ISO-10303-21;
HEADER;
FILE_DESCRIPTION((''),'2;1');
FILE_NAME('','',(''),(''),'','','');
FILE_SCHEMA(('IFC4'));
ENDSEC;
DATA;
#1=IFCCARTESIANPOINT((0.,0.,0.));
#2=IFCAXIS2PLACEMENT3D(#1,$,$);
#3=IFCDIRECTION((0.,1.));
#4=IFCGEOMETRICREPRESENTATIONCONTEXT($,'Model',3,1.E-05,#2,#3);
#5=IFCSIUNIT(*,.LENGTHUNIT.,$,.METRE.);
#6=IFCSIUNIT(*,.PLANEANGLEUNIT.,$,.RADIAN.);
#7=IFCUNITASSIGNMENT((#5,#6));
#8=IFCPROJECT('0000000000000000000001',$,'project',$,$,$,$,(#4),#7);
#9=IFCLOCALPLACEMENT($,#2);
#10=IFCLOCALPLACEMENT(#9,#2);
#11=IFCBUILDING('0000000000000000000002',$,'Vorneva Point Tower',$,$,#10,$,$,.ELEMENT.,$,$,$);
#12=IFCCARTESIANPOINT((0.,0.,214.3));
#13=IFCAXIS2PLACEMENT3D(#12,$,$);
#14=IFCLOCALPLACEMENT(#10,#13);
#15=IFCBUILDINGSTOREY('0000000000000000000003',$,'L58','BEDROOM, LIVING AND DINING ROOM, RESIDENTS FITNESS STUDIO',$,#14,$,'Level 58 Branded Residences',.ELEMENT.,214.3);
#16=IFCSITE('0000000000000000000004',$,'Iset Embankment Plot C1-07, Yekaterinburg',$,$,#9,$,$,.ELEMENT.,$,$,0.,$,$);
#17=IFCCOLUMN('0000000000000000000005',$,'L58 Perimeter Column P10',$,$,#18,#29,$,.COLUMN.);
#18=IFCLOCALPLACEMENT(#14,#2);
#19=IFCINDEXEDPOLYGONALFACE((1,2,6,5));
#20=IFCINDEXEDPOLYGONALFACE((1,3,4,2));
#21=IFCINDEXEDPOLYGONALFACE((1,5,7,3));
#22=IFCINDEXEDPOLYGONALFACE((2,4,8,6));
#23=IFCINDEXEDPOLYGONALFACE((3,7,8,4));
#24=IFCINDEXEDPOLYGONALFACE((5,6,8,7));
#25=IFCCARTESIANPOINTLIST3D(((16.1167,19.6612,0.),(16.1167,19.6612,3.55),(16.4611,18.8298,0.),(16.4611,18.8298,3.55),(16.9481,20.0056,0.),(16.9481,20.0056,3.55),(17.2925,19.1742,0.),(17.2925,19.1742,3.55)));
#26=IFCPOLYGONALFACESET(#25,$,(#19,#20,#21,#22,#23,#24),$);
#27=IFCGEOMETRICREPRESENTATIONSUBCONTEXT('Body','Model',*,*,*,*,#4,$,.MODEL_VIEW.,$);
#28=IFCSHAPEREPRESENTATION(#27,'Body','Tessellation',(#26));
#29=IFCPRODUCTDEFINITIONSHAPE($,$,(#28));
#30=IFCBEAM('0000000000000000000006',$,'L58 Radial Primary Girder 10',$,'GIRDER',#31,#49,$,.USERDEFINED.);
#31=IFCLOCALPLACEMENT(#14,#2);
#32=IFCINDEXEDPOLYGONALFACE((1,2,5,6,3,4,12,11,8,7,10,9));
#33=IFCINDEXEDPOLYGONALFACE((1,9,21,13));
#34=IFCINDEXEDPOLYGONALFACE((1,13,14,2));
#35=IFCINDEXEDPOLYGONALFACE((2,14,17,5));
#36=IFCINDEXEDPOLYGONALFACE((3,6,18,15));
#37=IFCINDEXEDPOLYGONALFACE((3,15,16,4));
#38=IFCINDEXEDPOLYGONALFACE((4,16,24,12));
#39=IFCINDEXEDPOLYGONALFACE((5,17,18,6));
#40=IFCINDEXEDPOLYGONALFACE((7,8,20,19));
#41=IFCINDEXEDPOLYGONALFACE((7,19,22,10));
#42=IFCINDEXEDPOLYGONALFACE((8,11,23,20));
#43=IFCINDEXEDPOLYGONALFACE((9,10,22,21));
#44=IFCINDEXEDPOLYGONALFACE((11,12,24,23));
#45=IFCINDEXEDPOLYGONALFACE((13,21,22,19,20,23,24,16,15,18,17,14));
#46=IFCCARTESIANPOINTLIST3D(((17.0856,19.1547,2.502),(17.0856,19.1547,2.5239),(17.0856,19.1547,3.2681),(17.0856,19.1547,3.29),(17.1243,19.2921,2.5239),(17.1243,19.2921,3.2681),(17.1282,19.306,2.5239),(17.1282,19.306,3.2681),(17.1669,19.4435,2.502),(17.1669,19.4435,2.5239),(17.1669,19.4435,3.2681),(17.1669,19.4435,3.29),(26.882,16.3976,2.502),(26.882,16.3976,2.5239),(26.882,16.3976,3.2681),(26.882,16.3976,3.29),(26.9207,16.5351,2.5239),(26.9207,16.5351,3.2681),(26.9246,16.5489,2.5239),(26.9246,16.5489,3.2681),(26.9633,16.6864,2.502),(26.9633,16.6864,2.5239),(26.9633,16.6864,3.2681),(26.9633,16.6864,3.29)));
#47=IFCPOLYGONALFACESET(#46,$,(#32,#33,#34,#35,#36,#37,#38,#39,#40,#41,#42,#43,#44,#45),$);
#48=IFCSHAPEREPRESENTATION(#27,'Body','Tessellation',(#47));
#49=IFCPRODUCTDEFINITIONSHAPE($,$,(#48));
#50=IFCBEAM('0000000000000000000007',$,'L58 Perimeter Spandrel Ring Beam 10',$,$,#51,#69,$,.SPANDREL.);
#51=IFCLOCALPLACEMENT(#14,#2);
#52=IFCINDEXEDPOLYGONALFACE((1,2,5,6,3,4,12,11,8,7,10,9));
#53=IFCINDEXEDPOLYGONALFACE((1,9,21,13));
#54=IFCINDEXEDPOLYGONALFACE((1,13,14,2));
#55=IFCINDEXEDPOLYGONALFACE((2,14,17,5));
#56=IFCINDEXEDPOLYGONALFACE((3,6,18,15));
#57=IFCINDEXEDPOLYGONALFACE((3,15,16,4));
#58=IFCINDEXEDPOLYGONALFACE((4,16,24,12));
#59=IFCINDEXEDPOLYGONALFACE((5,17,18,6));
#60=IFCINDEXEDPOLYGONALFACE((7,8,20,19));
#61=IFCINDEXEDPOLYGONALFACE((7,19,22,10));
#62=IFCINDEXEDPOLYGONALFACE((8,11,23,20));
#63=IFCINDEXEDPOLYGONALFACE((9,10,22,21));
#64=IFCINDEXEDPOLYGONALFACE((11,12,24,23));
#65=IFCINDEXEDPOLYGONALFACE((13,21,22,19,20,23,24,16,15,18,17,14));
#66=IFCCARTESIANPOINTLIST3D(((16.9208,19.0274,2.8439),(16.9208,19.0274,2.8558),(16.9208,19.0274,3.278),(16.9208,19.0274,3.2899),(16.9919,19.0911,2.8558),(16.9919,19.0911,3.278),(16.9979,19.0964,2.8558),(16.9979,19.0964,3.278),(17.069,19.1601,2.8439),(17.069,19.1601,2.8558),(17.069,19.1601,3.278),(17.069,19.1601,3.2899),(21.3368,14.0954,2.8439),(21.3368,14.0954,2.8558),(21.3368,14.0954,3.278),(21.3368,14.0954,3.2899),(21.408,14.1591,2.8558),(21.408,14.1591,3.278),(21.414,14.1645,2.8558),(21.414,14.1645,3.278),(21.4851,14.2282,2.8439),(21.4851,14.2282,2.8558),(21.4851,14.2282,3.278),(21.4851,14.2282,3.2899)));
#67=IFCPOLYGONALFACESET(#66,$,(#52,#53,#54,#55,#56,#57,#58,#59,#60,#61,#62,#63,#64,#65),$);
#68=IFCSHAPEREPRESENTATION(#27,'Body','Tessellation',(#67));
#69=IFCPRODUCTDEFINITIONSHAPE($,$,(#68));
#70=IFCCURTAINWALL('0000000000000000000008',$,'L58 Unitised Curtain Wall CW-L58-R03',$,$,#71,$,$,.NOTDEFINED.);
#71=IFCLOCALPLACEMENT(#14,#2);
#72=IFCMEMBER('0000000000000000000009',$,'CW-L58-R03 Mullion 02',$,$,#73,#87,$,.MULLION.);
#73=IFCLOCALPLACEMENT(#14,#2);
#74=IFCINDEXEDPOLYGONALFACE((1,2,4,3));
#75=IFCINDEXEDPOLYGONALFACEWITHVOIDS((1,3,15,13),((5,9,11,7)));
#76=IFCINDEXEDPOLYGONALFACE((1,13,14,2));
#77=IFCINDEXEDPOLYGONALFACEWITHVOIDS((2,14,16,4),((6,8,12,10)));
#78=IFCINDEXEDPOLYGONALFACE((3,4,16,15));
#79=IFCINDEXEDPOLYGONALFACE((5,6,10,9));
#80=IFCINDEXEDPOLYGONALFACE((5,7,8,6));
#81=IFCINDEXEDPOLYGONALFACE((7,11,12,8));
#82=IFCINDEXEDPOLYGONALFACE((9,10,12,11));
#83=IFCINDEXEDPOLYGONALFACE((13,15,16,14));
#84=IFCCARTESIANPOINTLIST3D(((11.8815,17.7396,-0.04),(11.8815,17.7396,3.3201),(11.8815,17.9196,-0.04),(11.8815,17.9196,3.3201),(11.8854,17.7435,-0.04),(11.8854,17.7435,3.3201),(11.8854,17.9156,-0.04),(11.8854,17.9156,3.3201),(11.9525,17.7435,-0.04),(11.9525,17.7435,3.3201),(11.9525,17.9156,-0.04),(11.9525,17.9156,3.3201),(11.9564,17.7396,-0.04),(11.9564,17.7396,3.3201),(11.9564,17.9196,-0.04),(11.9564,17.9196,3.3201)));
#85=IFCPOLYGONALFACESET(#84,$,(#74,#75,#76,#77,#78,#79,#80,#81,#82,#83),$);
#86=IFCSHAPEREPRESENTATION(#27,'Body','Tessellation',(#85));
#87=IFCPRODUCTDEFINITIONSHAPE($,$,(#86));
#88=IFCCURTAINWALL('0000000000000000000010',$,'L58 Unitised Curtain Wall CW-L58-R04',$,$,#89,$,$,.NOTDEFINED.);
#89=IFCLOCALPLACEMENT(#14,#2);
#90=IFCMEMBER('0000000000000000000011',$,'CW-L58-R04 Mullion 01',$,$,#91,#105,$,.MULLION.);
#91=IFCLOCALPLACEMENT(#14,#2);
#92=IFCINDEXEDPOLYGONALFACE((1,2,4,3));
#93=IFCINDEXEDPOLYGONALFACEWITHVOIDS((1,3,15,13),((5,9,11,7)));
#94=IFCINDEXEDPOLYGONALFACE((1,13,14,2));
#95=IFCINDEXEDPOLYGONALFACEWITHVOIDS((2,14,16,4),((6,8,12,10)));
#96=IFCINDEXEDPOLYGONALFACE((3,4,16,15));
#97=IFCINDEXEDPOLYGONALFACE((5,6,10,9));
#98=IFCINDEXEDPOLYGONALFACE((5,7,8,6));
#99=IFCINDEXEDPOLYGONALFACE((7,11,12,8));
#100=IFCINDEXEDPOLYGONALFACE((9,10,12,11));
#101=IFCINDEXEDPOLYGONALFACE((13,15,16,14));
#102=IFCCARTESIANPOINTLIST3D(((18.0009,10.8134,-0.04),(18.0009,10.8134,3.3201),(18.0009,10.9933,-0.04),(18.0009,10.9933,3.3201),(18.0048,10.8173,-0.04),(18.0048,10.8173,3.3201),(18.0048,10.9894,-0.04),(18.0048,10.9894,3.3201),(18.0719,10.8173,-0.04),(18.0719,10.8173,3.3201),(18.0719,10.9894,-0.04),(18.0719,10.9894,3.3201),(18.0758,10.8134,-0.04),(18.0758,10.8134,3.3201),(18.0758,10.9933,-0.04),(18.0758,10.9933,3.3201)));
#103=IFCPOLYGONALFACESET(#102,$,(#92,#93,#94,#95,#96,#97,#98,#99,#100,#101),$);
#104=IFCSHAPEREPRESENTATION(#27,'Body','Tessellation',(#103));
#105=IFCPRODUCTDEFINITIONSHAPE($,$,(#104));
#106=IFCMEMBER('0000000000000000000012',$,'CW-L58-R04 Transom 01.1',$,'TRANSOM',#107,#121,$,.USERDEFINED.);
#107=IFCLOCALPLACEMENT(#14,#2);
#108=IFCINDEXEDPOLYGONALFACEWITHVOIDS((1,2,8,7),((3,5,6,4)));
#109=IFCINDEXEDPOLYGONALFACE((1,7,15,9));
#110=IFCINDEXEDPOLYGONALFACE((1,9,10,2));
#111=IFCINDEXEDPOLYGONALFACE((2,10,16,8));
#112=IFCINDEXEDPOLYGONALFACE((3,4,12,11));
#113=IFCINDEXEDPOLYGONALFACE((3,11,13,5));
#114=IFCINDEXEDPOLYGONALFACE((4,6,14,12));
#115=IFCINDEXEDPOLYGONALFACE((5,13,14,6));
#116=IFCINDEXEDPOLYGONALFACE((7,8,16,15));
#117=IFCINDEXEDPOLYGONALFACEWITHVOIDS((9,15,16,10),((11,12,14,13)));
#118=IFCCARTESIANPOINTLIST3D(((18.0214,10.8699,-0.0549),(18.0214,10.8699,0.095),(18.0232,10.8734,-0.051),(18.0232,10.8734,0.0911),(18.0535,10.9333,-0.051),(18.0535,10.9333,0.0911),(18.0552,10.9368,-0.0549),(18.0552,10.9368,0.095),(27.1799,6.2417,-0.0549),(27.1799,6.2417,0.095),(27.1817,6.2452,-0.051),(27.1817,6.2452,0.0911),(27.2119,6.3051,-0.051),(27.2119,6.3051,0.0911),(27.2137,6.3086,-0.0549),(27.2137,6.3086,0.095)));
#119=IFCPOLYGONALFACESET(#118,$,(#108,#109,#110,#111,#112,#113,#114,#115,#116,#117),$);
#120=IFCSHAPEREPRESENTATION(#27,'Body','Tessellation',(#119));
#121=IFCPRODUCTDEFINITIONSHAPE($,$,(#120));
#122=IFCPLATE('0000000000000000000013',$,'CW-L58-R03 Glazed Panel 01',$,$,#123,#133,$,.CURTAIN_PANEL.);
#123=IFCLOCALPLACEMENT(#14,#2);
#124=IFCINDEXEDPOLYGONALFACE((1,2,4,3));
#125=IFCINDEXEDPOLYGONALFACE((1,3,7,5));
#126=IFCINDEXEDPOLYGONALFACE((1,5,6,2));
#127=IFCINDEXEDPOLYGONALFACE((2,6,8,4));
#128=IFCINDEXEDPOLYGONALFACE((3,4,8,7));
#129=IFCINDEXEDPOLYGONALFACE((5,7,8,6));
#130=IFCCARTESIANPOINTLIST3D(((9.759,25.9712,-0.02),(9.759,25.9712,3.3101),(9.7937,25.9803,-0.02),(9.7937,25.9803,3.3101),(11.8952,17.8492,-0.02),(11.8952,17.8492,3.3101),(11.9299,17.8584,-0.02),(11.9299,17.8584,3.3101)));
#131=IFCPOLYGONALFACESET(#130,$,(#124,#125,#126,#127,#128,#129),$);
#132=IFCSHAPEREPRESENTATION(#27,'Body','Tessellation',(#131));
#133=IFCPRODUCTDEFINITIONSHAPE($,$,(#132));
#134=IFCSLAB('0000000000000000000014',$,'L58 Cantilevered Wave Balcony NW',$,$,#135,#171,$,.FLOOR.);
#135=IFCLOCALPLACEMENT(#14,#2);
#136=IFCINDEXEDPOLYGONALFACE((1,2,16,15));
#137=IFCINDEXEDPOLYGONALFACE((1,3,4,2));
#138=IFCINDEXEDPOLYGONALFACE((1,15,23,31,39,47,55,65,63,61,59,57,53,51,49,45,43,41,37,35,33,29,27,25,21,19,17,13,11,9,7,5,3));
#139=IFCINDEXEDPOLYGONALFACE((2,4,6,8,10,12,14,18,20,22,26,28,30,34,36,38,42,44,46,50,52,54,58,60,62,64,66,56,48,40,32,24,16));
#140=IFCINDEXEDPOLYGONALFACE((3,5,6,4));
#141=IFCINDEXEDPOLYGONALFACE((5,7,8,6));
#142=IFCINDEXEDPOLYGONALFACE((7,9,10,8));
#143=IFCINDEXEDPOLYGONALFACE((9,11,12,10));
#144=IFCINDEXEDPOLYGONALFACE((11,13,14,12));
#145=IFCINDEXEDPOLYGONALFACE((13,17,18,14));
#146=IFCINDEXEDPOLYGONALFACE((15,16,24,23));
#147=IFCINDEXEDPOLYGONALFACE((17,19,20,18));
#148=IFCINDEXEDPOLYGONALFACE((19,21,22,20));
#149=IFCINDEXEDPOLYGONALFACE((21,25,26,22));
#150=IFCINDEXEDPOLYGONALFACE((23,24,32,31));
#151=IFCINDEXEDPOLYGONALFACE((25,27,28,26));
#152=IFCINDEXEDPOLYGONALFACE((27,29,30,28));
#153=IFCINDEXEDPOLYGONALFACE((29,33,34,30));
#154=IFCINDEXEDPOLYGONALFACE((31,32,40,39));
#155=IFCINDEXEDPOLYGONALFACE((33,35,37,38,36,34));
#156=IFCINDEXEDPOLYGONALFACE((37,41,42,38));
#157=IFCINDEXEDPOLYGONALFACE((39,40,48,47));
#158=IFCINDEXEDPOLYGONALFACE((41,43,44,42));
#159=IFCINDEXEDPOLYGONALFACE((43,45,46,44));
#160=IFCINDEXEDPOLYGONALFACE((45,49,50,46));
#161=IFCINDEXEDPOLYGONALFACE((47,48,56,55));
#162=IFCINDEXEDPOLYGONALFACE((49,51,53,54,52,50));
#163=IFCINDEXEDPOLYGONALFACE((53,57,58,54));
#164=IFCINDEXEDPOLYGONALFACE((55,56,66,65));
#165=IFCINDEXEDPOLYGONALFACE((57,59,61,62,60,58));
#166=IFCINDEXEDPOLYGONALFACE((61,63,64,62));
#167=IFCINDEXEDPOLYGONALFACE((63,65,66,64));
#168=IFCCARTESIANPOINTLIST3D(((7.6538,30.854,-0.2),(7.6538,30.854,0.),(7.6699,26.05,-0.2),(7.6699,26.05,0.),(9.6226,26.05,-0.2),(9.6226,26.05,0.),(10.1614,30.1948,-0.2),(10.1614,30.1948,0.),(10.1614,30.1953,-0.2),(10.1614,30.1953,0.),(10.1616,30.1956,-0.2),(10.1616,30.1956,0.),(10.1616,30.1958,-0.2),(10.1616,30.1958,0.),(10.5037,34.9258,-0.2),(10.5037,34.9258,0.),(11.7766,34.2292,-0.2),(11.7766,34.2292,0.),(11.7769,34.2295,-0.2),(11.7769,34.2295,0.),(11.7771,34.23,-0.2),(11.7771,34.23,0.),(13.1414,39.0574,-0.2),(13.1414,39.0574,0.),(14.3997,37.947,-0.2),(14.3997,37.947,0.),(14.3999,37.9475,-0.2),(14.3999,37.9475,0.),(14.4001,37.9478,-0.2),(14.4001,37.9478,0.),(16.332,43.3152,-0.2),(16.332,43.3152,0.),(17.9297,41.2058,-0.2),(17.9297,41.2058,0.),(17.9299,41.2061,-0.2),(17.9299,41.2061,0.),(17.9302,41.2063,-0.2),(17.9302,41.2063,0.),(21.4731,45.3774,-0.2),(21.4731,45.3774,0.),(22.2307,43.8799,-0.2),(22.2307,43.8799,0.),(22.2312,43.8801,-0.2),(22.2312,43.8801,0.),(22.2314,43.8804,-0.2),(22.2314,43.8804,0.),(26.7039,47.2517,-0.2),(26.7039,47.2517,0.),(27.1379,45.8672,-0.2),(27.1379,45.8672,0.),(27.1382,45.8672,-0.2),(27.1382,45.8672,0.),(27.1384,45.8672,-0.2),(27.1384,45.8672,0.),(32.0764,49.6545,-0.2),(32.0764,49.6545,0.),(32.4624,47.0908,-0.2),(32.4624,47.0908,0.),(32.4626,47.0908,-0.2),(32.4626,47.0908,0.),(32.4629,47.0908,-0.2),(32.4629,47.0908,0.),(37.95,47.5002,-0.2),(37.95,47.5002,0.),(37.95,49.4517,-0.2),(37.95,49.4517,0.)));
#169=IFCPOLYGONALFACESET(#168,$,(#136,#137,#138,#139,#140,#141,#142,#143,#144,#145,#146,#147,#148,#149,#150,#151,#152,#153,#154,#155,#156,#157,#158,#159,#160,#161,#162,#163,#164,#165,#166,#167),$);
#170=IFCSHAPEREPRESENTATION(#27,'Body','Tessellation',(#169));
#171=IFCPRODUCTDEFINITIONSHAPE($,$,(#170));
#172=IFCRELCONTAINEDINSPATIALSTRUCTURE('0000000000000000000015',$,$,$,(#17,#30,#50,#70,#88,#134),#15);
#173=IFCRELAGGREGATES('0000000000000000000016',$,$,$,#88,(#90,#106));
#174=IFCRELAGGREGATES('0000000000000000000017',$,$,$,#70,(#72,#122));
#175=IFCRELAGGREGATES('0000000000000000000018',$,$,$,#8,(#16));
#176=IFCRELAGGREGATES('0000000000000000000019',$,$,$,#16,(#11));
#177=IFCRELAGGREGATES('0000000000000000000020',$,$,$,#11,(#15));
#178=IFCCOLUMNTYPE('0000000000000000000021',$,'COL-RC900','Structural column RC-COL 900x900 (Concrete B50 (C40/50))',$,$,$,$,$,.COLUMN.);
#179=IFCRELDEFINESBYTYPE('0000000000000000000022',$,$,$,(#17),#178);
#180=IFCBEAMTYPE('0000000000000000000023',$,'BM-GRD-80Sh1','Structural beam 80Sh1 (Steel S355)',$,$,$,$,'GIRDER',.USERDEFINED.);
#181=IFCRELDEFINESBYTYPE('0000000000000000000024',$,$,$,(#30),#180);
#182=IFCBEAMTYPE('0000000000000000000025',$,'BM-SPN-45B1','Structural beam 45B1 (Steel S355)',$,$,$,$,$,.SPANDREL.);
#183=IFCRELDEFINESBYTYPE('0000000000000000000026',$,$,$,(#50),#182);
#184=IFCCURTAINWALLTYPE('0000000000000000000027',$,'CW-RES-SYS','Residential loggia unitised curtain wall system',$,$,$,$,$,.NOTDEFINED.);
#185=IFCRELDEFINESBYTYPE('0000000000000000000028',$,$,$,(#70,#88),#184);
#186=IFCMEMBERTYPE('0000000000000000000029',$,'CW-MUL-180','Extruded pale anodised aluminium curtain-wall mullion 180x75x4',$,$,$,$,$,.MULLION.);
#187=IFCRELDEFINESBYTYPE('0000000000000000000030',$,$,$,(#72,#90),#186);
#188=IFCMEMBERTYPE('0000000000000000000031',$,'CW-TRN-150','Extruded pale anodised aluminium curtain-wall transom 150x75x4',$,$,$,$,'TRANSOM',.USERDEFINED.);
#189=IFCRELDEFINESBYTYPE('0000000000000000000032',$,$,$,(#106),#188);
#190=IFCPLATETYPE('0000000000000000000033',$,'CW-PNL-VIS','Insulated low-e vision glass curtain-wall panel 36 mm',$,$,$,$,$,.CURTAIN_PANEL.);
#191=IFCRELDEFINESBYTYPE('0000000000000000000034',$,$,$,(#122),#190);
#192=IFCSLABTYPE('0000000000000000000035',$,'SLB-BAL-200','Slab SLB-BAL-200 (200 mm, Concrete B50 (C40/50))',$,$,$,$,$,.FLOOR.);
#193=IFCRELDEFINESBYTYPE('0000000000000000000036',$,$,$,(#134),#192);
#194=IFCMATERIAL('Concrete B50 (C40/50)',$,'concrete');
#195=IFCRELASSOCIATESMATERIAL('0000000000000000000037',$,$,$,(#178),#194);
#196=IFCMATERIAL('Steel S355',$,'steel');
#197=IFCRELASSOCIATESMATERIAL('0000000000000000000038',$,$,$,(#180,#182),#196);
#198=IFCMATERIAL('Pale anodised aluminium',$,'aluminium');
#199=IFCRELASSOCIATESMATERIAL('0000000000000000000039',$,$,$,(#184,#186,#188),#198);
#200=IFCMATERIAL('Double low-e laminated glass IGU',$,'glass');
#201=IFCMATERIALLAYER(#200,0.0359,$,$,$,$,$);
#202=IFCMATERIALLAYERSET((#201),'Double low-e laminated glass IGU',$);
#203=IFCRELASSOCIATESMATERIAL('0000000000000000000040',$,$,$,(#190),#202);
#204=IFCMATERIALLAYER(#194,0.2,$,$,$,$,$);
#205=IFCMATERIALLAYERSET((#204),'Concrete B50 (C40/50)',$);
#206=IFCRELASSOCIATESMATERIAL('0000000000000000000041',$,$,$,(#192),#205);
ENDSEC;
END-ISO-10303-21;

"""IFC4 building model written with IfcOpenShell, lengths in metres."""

from ifc_helpers import new_model, si_unit, direction, frame, origin, origin_2d, place, context, subcontext, project, spatial, polyline, rectangle, hollow_rectangle, i_section, outline, extrude, material, layer, layer_set, material_profile, profile_set, type_object, element, aggregate, save


model = new_model("IFC4")

# Units and contexts
model_context = context("Model", 3, precision=1e-05, world=origin(), true_north=direction((0.0, 1.0)))
body_context = subcontext(model_context, "Body", "Model", "MODEL_VIEW")
ifc_project = project(units=[si_unit("LENGTHUNIT", "METRE"), si_unit("PLANEANGLEUNIT", "RADIAN")], contexts=[model_context])

# Site, building, storey
site_placement = place(None, origin())
site = spatial("IfcSite", under=ifc_project, at=site_placement, Name="Iset Embankment Plot C1-07, Yekaterinburg", CompositionType="ELEMENT", RefElevation=0.0)
building_placement = place(site_placement, origin())
building = spatial("IfcBuilding", under=site, at=building_placement, Name="Vorneva Point Tower", CompositionType="ELEMENT")
storey_placement = place(building_placement, frame((0.0, 0.0, 214.3)))
storey = spatial("IfcBuildingStorey", under=building, at=storey_placement, Name="L58", Description="BEDROOM, LIVING AND DINING ROOM, RESIDENTS FITNESS STUDIO", LongName="Level 58 Branded Residences", CompositionType="ELEMENT", Elevation=214.3)

# Column
ifc_material_1 = material(Name="Concrete B50 (C40/50)", Category="concrete")
ifc_material_profile_1 = material_profile(ifc_material_1, rectangle(XDim=0.8999, YDim=0.8999, at=origin_2d()), Name="RC-COL 900x900")
ifc_profile_set_1 = profile_set([ifc_material_profile_1], Name="Concrete B50 (C40/50)")
column_type = type_object("IfcColumnType", Name="COL-RC900", Description="Structural column RC-COL 900x900 (Concrete B50 (C40/50))", PredefinedType="COLUMN", material=ifc_profile_set_1)
column_placement = place(storey_placement, frame((16.7046, 19.4177, 0.0), z_axis=(0.0, 0.0, 1.0), x_axis=(-0.92388, -0.382683, 0.0)))
element("IfcColumn", 1, at=column_placement, inside=storey, type_object=column_type, Name="L58 Perimeter Column P10", PredefinedType="COLUMN", context=body_context, shape_type="SweptSolid", body=[
    extrude(rectangle(XDim=0.8999, YDim=0.8999, at=origin_2d()), origin(), (0.0, 0.0, 1.0), 3.55),
])

# Beams
ifc_material_2 = material(Name="Steel S355", Category="steel")
ifc_material_profile_2 = material_profile(ifc_material_2, i_section(OverallWidth=0.3, OverallDepth=0.7881, WebThickness=0.0144, FlangeThickness=0.022, at=origin_2d()), Name="80Sh1")
ifc_profile_set_2 = profile_set([ifc_material_profile_2], Name="Steel S355")
beam_type_1 = type_object("IfcBeamType", Name="BM-GRD-80Sh1", Description="Structural beam 80Sh1 (Steel S355)", ElementType="GIRDER", PredefinedType="USERDEFINED", material=ifc_profile_set_2)
beam_1_placement = place(storey_placement, frame((17.1262, 19.2991, 2.896), z_axis=(0.962604, -0.270914, 0.0), x_axis=(0.270914, 0.962604, 0.0)))
element("IfcBeam", 2, at=beam_1_placement, inside=storey, type_object=beam_type_1, Name="L58 Radial Primary Girder 10", ObjectType="GIRDER", PredefinedType="USERDEFINED", context=body_context, shape_type="SweptSolid", body=[
    extrude(i_section(OverallWidth=0.3, OverallDepth=0.7881, WebThickness=0.0144, FlangeThickness=0.022, at=origin_2d()), origin(), (0.0, 0.0, 1.0), 10.177),
])
ifc_material_profile_3 = material_profile(ifc_material_2, i_section(OverallWidth=0.199, OverallDepth=0.446, WebThickness=0.0081, FlangeThickness=0.012, at=origin_2d()), Name="45B1")
ifc_profile_set_3 = profile_set([ifc_material_profile_3], Name="Steel S355")
beam_type_2 = type_object("IfcBeamType", Name="BM-SPN-45B1", Description="Structural beam 45B1 (Steel S355)", PredefinedType="SPANDREL", material=ifc_profile_set_3)
beam_2_placement = place(storey_placement, frame((16.9949, 19.0938, 3.0669), z_axis=(0.66707, -0.744995, 0.0), x_axis=(0.744995, 0.66707, 0.0)))
element("IfcBeam", 3, at=beam_2_placement, inside=storey, type_object=beam_type_2, Name="L58 Perimeter Spandrel Ring Beam 10", PredefinedType="SPANDREL", context=body_context, shape_type="SweptSolid", body=[
    extrude(i_section(OverallWidth=0.199, OverallDepth=0.446, WebThickness=0.0081, FlangeThickness=0.012, at=origin_2d()), origin(), (0.0, 0.0, 1.0), 6.6201),
])

# Curtain wall, member
ifc_material_3 = material(Name="Pale anodised aluminium", Category="aluminium")
curtain_wall_type = type_object("IfcCurtainWallType", Name="CW-RES-SYS", Description="Residential loggia unitised curtain wall system", PredefinedType="NOTDEFINED", material=ifc_material_3)
curtain_wall_1_placement = place(storey_placement, origin())
curtain_wall_1 = element("IfcCurtainWall", 4, at=curtain_wall_1_placement, inside=storey, type_object=curtain_wall_type, Name="L58 Unitised Curtain Wall CW-L58-R03", PredefinedType="NOTDEFINED")
ifc_material_profile_4 = material_profile(ifc_material_3, hollow_rectangle(XDim=0.075, YDim=0.1799, WallThickness=0.0039, at=origin_2d()), Name="AL-MUL 180x75x4")
ifc_profile_set_4 = profile_set([ifc_material_profile_4], Name="Pale anodised aluminium")
member_type_1 = type_object("IfcMemberType", Name="CW-MUL-180", Description="Extruded pale anodised aluminium curtain-wall mullion 180x75x4", PredefinedType="MULLION", material=ifc_profile_set_4)
member_1_placement = place(storey_placement, frame((11.9189, 17.8296, -0.04), z_axis=(0.0, 0.0, 1.0), x_axis=(1.0, 0.0, 0.0)))
member_1 = element("IfcMember", 5, at=member_1_placement, type_object=member_type_1, Name="CW-L58-R03 Mullion 02", PredefinedType="MULLION", context=body_context, shape_type="SweptSolid", body=[
    extrude(hollow_rectangle(XDim=0.075, YDim=0.1799, WallThickness=0.0039, at=origin_2d()), origin(), (0.0, 0.0, 1.0), 3.3601),
])

# Curtain wall, members
curtain_wall_2_placement = place(storey_placement, origin())
curtain_wall_2 = element("IfcCurtainWall", 6, at=curtain_wall_2_placement, inside=storey, type_object=curtain_wall_type, Name="L58 Unitised Curtain Wall CW-L58-R04", PredefinedType="NOTDEFINED")
member_2_placement = place(storey_placement, frame((18.0383, 10.9033, -0.04), z_axis=(0.0, 0.0, 1.0), x_axis=(1.0, 0.0, 0.0)))
member_2 = element("IfcMember", 7, at=member_2_placement, type_object=member_type_1, Name="CW-L58-R04 Mullion 01", PredefinedType="MULLION", context=body_context, shape_type="SweptSolid", body=[
    extrude(hollow_rectangle(XDim=0.075, YDim=0.1799, WallThickness=0.0039, at=origin_2d()), origin(), (0.0, 0.0, 1.0), 3.3601),
])
ifc_material_profile_5 = material_profile(ifc_material_3, hollow_rectangle(XDim=0.075, YDim=0.1499, WallThickness=0.0039, at=origin_2d()), Name="AL-TRN 150x75x4")
ifc_profile_set_5 = profile_set([ifc_material_profile_5], Name="Pale anodised aluminium")
member_type_2 = type_object("IfcMemberType", Name="CW-TRN-150", Description="Extruded pale anodised aluminium curtain-wall transom 150x75x4", ElementType="TRANSOM", PredefinedType="USERDEFINED", material=ifc_profile_set_5)
member_3_placement = place(storey_placement, frame((18.0383, 10.9033, 0.02), z_axis=(0.892511, -0.451026, 0.0), x_axis=(0.451026, 0.892511, 0.0)))
member_3 = element("IfcMember", 8, at=member_3_placement, type_object=member_type_2, Name="CW-L58-R04 Transom 01.1", ObjectType="TRANSOM", PredefinedType="USERDEFINED", context=body_context, shape_type="SweptSolid", body=[
    extrude(hollow_rectangle(XDim=0.075, YDim=0.1499, WallThickness=0.0039, at=origin_2d()), origin(), (0.0, 0.0, 1.0), 10.2615),
])
aggregate(curtain_wall_2, [member_2, member_3])

# Plate
ifc_material_4 = material(Name="Double low-e laminated glass IGU", Category="glass")
ifc_layer_1 = layer(ifc_material_4, 0.0359)
ifc_layer_set_1 = layer_set([ifc_layer_1], Name="Double low-e laminated glass IGU")
plate_type = type_object("IfcPlateType", Name="CW-PNL-VIS", Description="Insulated low-e vision glass curtain-wall panel 36 mm", PredefinedType="CURTAIN_PANEL", material=ifc_layer_set_1)
plate_placement = place(storey_placement, frame((10.8445, 21.9148, -0.02), z_axis=(0.0, 0.0, 1.0), x_axis=(0.254366, -0.967108, 0.0)))
plate = element("IfcPlate", 9, at=plate_placement, type_object=plate_type, Name="CW-L58-R03 Glazed Panel 01", PredefinedType="CURTAIN_PANEL", context=body_context, shape_type="SweptSolid", body=[
    extrude(rectangle(XDim=8.3982, YDim=0.0359, at=origin_2d()), origin(), (0.0, 0.0, 1.0), 3.3301),
])
aggregate(curtain_wall_1, [member_1, plate])

# Slab
ifc_layer_2 = layer(ifc_material_1, 0.2)
ifc_layer_set_2 = layer_set([ifc_layer_2], Name="Concrete B50 (C40/50)")
slab_type_1 = type_object("IfcSlabType", Name="SLB-BAL-200", Description="Slab SLB-BAL-200 (200 mm, Concrete B50 (C40/50))", PredefinedType="FLOOR", material=ifc_layer_set_2)
slab_1_placement = place(storey_placement, frame((0.0, 0.0, -0.2)))
element("IfcSlab", 10, at=slab_1_placement, inside=storey, type_object=slab_type_1, Name="L58 Cantilevered Wave Balcony NW", PredefinedType="FLOOR", context=body_context, shape_type="SweptSolid", body=[
    extrude(outline(polyline([(7.6699, 26.05), (9.6226, 26.05), (10.1614, 30.1948), (10.1614, 30.1953), (10.1616, 30.1956), (10.1616, 30.1958), (11.7766, 34.2292), (11.7769, 34.2295), (11.7771, 34.23), (14.3997, 37.947), (14.3999, 37.9475), (14.4001, 37.9478), (17.9297, 41.2058), (17.9299, 41.2061), (17.9302, 41.2063), (22.2307, 43.8799), (22.2312, 43.8801), (22.2314, 43.8804), (27.1379, 45.8672), (27.1382, 45.8672), (27.1384, 45.8672), (32.4624, 47.0908), (32.4626, 47.0908), (32.4629, 47.0908), (37.95, 47.5002), (37.95, 49.4517), (32.0764, 49.6545), (26.7039, 47.2517), (21.4731, 45.3774), (16.332, 43.3152), (13.1414, 39.0574), (10.5037, 34.9258), (7.6538, 30.854), (7.6699, 26.05)])), origin(), (0.0, 0.0, 1.0), 0.2),
])

save(model, "model.ifc")
